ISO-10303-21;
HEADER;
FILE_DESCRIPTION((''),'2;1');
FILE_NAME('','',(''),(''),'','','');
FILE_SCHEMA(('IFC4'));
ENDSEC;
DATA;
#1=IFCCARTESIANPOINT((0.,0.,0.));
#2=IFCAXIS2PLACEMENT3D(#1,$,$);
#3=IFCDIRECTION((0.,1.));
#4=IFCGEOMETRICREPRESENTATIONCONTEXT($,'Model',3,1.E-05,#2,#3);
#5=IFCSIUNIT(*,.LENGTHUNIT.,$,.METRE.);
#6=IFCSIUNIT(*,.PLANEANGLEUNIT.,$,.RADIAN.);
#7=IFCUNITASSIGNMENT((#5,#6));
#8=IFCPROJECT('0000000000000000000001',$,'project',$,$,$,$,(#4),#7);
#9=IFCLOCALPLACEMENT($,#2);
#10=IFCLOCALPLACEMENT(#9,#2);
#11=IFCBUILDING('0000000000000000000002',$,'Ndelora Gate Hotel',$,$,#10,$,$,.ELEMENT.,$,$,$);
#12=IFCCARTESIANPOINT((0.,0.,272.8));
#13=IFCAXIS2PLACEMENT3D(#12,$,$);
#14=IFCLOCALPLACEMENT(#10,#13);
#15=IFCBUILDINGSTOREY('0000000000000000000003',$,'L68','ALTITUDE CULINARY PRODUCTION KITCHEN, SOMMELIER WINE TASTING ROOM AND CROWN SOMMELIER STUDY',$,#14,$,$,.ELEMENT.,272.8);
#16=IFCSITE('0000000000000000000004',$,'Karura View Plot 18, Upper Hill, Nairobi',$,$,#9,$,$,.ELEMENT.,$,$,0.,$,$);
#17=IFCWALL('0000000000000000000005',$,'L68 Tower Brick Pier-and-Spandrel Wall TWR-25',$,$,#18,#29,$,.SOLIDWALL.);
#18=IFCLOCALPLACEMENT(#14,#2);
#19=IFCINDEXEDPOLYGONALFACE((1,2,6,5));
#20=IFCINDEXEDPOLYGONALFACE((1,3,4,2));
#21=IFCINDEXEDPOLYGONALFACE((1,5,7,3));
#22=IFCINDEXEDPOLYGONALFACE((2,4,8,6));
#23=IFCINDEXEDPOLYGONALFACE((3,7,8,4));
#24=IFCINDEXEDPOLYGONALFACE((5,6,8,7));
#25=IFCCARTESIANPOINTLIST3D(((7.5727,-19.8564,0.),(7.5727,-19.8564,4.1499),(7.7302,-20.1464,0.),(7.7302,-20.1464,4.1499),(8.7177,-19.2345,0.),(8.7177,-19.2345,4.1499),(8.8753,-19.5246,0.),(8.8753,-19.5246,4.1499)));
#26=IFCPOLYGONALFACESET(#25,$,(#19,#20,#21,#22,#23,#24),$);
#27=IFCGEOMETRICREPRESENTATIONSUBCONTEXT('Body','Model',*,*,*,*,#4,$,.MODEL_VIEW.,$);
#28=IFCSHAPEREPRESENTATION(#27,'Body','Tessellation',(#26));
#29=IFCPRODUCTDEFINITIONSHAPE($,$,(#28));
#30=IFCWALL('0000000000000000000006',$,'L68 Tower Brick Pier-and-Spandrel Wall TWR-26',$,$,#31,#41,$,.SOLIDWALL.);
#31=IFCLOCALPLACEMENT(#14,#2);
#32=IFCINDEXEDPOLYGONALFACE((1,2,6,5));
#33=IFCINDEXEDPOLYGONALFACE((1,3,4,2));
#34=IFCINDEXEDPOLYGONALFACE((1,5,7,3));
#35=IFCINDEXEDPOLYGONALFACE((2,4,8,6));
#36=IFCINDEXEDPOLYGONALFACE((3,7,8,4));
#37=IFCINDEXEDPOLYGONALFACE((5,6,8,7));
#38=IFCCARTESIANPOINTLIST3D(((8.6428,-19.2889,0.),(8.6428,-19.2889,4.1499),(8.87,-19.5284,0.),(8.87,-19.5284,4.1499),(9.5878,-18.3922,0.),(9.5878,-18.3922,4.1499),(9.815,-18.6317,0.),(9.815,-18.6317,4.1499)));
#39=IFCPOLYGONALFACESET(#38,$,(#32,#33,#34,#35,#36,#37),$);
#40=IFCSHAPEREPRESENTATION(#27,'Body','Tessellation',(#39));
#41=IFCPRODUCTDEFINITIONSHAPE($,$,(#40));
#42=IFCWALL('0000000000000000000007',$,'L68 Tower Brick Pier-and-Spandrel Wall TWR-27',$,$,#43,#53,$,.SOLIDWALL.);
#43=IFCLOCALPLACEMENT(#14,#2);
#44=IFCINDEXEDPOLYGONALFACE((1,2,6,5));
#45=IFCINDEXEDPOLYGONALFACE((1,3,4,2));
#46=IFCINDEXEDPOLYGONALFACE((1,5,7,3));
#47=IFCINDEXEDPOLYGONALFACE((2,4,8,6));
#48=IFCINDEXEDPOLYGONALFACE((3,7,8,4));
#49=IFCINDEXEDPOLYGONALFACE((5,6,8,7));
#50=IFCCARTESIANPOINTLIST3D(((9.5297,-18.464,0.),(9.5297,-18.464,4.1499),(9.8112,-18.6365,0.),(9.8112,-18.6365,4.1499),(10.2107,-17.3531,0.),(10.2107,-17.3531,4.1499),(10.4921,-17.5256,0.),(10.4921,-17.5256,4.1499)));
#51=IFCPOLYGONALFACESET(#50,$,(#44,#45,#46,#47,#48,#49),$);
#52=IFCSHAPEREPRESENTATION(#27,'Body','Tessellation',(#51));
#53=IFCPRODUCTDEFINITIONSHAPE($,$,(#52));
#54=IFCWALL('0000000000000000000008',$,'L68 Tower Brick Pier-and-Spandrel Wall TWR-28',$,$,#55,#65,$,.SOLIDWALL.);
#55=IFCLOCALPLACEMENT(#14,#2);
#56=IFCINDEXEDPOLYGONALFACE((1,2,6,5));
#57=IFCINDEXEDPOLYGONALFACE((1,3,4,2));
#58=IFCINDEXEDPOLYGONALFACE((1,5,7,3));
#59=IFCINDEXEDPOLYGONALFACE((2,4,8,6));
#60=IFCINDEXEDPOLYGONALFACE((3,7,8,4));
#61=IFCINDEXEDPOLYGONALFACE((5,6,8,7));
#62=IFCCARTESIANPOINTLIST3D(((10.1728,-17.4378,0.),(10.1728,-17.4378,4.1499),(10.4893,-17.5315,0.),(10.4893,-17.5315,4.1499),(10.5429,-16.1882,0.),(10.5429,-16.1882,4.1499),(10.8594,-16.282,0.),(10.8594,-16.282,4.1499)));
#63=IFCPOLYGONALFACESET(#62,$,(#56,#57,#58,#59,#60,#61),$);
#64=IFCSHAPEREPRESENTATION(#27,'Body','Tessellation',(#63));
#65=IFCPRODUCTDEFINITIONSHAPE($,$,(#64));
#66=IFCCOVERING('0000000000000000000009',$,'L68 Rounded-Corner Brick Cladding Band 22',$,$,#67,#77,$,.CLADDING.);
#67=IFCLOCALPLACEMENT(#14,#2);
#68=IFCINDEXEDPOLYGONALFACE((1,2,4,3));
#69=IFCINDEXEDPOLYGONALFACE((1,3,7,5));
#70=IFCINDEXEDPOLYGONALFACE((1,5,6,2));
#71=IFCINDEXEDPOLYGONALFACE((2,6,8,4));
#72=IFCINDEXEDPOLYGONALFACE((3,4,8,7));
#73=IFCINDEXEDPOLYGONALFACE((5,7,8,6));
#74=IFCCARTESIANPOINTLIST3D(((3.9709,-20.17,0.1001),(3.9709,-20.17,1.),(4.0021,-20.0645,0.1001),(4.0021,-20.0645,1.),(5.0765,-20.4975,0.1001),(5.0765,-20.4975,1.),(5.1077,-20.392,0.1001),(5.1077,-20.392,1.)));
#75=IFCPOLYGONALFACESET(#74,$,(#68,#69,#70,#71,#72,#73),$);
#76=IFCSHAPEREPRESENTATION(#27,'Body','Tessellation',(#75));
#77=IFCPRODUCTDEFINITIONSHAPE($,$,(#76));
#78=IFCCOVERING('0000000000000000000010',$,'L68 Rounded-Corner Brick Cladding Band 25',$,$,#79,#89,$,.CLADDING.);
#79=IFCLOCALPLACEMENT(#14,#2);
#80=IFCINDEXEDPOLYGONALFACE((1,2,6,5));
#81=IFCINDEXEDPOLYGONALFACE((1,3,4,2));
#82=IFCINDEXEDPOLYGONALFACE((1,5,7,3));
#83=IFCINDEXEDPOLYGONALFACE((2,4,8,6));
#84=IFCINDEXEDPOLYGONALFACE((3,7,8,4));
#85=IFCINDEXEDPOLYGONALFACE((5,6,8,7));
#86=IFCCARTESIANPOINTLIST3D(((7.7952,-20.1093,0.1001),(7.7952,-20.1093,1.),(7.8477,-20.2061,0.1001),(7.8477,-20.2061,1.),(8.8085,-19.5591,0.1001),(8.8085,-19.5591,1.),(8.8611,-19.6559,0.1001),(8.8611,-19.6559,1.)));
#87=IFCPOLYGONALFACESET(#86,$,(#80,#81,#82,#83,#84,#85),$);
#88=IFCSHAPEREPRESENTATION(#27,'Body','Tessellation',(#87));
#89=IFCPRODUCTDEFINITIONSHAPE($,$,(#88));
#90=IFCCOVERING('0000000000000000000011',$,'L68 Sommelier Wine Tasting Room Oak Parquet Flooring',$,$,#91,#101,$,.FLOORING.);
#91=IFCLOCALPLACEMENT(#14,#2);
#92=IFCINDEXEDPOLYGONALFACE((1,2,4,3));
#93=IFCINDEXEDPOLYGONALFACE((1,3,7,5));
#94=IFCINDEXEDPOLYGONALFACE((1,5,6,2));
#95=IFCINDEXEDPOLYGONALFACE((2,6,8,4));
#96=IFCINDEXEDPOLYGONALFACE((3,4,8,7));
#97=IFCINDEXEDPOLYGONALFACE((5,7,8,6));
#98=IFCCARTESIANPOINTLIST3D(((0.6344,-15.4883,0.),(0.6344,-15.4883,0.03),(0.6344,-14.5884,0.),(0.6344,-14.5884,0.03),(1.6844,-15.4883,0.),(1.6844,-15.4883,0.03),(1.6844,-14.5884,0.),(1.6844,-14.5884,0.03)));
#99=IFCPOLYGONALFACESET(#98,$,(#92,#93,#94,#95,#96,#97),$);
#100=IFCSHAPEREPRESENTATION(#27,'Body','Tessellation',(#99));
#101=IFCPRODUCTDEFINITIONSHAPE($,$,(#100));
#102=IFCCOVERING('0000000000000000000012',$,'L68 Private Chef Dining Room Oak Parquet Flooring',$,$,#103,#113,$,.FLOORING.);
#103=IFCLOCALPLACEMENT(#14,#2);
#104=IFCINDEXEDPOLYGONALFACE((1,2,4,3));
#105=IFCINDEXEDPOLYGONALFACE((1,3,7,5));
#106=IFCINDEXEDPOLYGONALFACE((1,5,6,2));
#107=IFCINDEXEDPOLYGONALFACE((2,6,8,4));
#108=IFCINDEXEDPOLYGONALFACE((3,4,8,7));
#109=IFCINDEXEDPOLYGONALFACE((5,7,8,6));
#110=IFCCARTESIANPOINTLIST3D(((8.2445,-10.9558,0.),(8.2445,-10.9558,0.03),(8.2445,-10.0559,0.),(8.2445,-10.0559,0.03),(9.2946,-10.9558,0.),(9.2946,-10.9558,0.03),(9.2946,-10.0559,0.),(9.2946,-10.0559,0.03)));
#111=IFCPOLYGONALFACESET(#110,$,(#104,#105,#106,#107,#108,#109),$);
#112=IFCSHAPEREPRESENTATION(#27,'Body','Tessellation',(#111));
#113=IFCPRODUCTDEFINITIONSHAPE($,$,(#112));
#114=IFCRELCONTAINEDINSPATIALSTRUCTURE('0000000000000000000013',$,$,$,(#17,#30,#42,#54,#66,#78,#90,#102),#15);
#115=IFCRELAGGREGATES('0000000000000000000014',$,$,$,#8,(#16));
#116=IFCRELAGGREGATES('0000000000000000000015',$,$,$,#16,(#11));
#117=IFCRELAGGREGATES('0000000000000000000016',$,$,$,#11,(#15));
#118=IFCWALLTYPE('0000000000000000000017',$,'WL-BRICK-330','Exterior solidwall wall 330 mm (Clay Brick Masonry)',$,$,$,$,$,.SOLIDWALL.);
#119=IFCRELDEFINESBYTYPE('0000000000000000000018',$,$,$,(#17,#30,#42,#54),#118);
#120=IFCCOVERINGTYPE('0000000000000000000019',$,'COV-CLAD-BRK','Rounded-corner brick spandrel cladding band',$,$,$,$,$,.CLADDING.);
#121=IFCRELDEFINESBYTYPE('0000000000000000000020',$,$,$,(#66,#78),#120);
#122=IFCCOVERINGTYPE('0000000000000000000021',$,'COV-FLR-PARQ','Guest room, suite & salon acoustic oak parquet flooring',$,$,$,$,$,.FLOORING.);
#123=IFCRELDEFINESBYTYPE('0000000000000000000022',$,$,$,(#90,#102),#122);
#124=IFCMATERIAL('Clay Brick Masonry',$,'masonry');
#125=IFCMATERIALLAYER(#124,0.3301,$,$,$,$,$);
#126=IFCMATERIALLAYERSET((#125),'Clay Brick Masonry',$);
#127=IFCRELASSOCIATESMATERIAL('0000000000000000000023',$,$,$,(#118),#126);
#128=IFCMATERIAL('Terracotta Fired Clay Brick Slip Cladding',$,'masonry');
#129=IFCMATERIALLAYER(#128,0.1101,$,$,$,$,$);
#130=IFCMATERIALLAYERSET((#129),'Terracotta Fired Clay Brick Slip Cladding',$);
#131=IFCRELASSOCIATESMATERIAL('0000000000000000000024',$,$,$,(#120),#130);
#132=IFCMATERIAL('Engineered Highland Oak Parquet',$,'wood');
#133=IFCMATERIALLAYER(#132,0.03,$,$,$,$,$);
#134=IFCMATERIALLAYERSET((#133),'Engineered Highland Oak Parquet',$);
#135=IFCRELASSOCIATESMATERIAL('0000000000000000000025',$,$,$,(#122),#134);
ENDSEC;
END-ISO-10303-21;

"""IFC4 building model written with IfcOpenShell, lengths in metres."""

from ifc_helpers import new_model, si_unit, direction, frame, frame_2d, origin, origin_2d, place, context, subcontext, project, spatial, rectangle, extrude, material, layer, layer_set, type_object, element, save


model = new_model("IFC4")

# Units and contexts
model_context = context("Model", 3, precision=1e-05, world=origin(), true_north=direction((0.0, 1.0)))
body_context = subcontext(model_context, "Body", "Model", "MODEL_VIEW")
ifc_project = project(units=[si_unit("LENGTHUNIT", "METRE"), si_unit("PLANEANGLEUNIT", "RADIAN")], contexts=[model_context])

# Site, building, storey
site_placement = place(None, origin())
site = spatial("IfcSite", under=ifc_project, at=site_placement, Name="Karura View Plot 18, Upper Hill, Nairobi", CompositionType="ELEMENT", RefElevation=0.0)
building_placement = place(site_placement, origin())
building = spatial("IfcBuilding", under=site, at=building_placement, Name="Ndelora Gate Hotel", CompositionType="ELEMENT")
storey_placement = place(building_placement, frame((0.0, 0.0, 272.8)))
storey = spatial("IfcBuildingStorey", under=building, at=storey_placement, Name="L68", Description="ALTITUDE CULINARY PRODUCTION KITCHEN, SOMMELIER WINE TASTING ROOM AND CROWN SOMMELIER STUDY", CompositionType="ELEMENT", Elevation=272.8)

# Shared definitions
ifc_material_1 = material(Name="Clay Brick Masonry", Category="masonry")
ifc_layer_1 = layer(ifc_material_1, 0.3301)
ifc_layer_set_1 = layer_set([ifc_layer_1], Name="Clay Brick Masonry")
wall_type = type_object("IfcWallType", Name="WL-BRICK-330", Description="Exterior solidwall wall 330 mm (Clay Brick Masonry)", PredefinedType="SOLIDWALL", material=ifc_layer_set_1)

# Walls
for number, where, z_axis, x_axis, name in (
    (1, (8.7964, -19.3796, 0.0), (0.0, 0.0, 1.0), (-0.878775, -0.477237, 0.0), "L68 Tower Brick Pier-and-Spandrel Wall TWR-25"),
):
    element("IfcWall", number, at=place(storey_placement, frame(where, z_axis=z_axis, x_axis=x_axis)), inside=storey, type_object=wall_type, Name=name, PredefinedType="SOLIDWALL", context=body_context, shape_type="SweptSolid", body=[
        extrude(rectangle(XDim=1.303, YDim=0.3301, at=frame_2d((0.6514, 0.0))), origin(), (0.0, 0.0, 1.0), 4.1499),
    ])
wall_1_placement = place(storey_placement, frame((9.7014, -18.512, 0.0), z_axis=(0.0, 0.0, 1.0), x_axis=(-0.725416, -0.688311, 0.0)))
element("IfcWall", 2, at=wall_1_placement, inside=storey, type_object=wall_type, Name="L68 Tower Brick Pier-and-Spandrel Wall TWR-26", PredefinedType="SOLIDWALL", context=body_context, shape_type="SweptSolid", body=[
    extrude(rectangle(XDim=1.3027, YDim=0.3301, at=frame_2d((0.6514, 0.0))), origin(), (0.0, 0.0, 1.0), 4.1499),
])
wall_2_placement = place(storey_placement, frame((10.3513, -17.4395, 0.0), z_axis=(0.0, 0.0, 1.0), x_axis=(-0.522602, -0.852577, 0.0)))
element("IfcWall", 3, at=wall_2_placement, inside=storey, type_object=wall_type, Name="L68 Tower Brick Pier-and-Spandrel Wall TWR-27", PredefinedType="SOLIDWALL", context=body_context, shape_type="SweptSolid", body=[
    extrude(rectangle(XDim=1.303, YDim=0.3301, at=frame_2d((0.6514, 0.0))), origin(), (0.0, 0.0, 1.0), 4.1499),
])
wall_3_placement = place(storey_placement, frame((10.7012, -16.2351, 0.0), z_axis=(0.0, 0.0, 1.0), x_axis=(-0.284012, -0.958821, 0.0)))
element("IfcWall", 4, at=wall_3_placement, inside=storey, type_object=wall_type, Name="L68 Tower Brick Pier-and-Spandrel Wall TWR-28", PredefinedType="SOLIDWALL", context=body_context, shape_type="SweptSolid", body=[
    extrude(rectangle(XDim=1.3032, YDim=0.3301, at=frame_2d((0.6516, 0.0))), origin(), (0.0, 0.0, 1.0), 4.1499),
])

# Coverings
ifc_material_2 = material(Name="Terracotta Fired Clay Brick Slip Cladding", Category="masonry")
ifc_layer_2 = layer(ifc_material_2, 0.1101)
ifc_layer_set_2 = layer_set([ifc_layer_2], Name="Terracotta Fired Clay Brick Slip Cladding")
covering_type_1 = type_object("IfcCoveringType", Name="COV-CLAD-BRK", Description="Rounded-corner brick spandrel cladding band", PredefinedType="CLADDING", material=ifc_layer_set_2)
for number, where, z_axis, x_axis, name in (
    (5, (4.5393, -20.281, 0.1001), (0.0, 0.0, 1.0), (-0.95882, 0.284015, 0.0), "L68 Rounded-Corner Brick Cladding Band 22"),
    (6, (8.3281, -19.8826, 0.1001), (0.0, 0.0, 1.0), (0.878817, 0.477159, 0.0), "L68 Rounded-Corner Brick Cladding Band 25"),
):
    element("IfcCovering", number, at=place(storey_placement, frame(where, z_axis=z_axis, x_axis=x_axis)), inside=storey, type_object=covering_type_1, Name=name, PredefinedType="CLADDING", context=body_context, shape_type="SweptSolid", body=[
        extrude(rectangle(XDim=1.1531, YDim=0.1101, at=origin_2d()), origin(), (0.0, 0.0, 1.0), 0.8999),
    ])
ifc_material_3 = material(Name="Engineered Highland Oak Parquet", Category="wood")
ifc_layer_3 = layer(ifc_material_3, 0.03)
ifc_layer_set_3 = layer_set([ifc_layer_3], Name="Engineered Highland Oak Parquet")
covering_type_2 = type_object("IfcCoveringType", Name="COV-FLR-PARQ", Description="Guest room, suite & salon acoustic oak parquet flooring", PredefinedType="FLOORING", material=ifc_layer_set_3)
for number, where, z_axis, x_axis, name in (
    (7, (1.1594, -15.0383, 0.0), (0.0, 0.0, 1.0), (1.0, 0.0, 0.0), "L68 Sommelier Wine Tasting Room Oak Parquet Flooring"),
    (8, (8.7695, -10.5059, 0.0), (0.0, 0.0, 1.0), (1.0, 0.0, 0.0), "L68 Private Chef Dining Room Oak Parquet Flooring"),
):
    element("IfcCovering", number, at=place(storey_placement, frame(where, z_axis=z_axis, x_axis=x_axis)), inside=storey, type_object=covering_type_2, Name=name, PredefinedType="FLOORING", context=body_context, shape_type="SweptSolid", body=[
        extrude(rectangle(XDim=1.05, YDim=0.8999, at=origin_2d()), origin(), (0.0, 0.0, 1.0), 0.03),
    ])

save(model, "model.ifc")
